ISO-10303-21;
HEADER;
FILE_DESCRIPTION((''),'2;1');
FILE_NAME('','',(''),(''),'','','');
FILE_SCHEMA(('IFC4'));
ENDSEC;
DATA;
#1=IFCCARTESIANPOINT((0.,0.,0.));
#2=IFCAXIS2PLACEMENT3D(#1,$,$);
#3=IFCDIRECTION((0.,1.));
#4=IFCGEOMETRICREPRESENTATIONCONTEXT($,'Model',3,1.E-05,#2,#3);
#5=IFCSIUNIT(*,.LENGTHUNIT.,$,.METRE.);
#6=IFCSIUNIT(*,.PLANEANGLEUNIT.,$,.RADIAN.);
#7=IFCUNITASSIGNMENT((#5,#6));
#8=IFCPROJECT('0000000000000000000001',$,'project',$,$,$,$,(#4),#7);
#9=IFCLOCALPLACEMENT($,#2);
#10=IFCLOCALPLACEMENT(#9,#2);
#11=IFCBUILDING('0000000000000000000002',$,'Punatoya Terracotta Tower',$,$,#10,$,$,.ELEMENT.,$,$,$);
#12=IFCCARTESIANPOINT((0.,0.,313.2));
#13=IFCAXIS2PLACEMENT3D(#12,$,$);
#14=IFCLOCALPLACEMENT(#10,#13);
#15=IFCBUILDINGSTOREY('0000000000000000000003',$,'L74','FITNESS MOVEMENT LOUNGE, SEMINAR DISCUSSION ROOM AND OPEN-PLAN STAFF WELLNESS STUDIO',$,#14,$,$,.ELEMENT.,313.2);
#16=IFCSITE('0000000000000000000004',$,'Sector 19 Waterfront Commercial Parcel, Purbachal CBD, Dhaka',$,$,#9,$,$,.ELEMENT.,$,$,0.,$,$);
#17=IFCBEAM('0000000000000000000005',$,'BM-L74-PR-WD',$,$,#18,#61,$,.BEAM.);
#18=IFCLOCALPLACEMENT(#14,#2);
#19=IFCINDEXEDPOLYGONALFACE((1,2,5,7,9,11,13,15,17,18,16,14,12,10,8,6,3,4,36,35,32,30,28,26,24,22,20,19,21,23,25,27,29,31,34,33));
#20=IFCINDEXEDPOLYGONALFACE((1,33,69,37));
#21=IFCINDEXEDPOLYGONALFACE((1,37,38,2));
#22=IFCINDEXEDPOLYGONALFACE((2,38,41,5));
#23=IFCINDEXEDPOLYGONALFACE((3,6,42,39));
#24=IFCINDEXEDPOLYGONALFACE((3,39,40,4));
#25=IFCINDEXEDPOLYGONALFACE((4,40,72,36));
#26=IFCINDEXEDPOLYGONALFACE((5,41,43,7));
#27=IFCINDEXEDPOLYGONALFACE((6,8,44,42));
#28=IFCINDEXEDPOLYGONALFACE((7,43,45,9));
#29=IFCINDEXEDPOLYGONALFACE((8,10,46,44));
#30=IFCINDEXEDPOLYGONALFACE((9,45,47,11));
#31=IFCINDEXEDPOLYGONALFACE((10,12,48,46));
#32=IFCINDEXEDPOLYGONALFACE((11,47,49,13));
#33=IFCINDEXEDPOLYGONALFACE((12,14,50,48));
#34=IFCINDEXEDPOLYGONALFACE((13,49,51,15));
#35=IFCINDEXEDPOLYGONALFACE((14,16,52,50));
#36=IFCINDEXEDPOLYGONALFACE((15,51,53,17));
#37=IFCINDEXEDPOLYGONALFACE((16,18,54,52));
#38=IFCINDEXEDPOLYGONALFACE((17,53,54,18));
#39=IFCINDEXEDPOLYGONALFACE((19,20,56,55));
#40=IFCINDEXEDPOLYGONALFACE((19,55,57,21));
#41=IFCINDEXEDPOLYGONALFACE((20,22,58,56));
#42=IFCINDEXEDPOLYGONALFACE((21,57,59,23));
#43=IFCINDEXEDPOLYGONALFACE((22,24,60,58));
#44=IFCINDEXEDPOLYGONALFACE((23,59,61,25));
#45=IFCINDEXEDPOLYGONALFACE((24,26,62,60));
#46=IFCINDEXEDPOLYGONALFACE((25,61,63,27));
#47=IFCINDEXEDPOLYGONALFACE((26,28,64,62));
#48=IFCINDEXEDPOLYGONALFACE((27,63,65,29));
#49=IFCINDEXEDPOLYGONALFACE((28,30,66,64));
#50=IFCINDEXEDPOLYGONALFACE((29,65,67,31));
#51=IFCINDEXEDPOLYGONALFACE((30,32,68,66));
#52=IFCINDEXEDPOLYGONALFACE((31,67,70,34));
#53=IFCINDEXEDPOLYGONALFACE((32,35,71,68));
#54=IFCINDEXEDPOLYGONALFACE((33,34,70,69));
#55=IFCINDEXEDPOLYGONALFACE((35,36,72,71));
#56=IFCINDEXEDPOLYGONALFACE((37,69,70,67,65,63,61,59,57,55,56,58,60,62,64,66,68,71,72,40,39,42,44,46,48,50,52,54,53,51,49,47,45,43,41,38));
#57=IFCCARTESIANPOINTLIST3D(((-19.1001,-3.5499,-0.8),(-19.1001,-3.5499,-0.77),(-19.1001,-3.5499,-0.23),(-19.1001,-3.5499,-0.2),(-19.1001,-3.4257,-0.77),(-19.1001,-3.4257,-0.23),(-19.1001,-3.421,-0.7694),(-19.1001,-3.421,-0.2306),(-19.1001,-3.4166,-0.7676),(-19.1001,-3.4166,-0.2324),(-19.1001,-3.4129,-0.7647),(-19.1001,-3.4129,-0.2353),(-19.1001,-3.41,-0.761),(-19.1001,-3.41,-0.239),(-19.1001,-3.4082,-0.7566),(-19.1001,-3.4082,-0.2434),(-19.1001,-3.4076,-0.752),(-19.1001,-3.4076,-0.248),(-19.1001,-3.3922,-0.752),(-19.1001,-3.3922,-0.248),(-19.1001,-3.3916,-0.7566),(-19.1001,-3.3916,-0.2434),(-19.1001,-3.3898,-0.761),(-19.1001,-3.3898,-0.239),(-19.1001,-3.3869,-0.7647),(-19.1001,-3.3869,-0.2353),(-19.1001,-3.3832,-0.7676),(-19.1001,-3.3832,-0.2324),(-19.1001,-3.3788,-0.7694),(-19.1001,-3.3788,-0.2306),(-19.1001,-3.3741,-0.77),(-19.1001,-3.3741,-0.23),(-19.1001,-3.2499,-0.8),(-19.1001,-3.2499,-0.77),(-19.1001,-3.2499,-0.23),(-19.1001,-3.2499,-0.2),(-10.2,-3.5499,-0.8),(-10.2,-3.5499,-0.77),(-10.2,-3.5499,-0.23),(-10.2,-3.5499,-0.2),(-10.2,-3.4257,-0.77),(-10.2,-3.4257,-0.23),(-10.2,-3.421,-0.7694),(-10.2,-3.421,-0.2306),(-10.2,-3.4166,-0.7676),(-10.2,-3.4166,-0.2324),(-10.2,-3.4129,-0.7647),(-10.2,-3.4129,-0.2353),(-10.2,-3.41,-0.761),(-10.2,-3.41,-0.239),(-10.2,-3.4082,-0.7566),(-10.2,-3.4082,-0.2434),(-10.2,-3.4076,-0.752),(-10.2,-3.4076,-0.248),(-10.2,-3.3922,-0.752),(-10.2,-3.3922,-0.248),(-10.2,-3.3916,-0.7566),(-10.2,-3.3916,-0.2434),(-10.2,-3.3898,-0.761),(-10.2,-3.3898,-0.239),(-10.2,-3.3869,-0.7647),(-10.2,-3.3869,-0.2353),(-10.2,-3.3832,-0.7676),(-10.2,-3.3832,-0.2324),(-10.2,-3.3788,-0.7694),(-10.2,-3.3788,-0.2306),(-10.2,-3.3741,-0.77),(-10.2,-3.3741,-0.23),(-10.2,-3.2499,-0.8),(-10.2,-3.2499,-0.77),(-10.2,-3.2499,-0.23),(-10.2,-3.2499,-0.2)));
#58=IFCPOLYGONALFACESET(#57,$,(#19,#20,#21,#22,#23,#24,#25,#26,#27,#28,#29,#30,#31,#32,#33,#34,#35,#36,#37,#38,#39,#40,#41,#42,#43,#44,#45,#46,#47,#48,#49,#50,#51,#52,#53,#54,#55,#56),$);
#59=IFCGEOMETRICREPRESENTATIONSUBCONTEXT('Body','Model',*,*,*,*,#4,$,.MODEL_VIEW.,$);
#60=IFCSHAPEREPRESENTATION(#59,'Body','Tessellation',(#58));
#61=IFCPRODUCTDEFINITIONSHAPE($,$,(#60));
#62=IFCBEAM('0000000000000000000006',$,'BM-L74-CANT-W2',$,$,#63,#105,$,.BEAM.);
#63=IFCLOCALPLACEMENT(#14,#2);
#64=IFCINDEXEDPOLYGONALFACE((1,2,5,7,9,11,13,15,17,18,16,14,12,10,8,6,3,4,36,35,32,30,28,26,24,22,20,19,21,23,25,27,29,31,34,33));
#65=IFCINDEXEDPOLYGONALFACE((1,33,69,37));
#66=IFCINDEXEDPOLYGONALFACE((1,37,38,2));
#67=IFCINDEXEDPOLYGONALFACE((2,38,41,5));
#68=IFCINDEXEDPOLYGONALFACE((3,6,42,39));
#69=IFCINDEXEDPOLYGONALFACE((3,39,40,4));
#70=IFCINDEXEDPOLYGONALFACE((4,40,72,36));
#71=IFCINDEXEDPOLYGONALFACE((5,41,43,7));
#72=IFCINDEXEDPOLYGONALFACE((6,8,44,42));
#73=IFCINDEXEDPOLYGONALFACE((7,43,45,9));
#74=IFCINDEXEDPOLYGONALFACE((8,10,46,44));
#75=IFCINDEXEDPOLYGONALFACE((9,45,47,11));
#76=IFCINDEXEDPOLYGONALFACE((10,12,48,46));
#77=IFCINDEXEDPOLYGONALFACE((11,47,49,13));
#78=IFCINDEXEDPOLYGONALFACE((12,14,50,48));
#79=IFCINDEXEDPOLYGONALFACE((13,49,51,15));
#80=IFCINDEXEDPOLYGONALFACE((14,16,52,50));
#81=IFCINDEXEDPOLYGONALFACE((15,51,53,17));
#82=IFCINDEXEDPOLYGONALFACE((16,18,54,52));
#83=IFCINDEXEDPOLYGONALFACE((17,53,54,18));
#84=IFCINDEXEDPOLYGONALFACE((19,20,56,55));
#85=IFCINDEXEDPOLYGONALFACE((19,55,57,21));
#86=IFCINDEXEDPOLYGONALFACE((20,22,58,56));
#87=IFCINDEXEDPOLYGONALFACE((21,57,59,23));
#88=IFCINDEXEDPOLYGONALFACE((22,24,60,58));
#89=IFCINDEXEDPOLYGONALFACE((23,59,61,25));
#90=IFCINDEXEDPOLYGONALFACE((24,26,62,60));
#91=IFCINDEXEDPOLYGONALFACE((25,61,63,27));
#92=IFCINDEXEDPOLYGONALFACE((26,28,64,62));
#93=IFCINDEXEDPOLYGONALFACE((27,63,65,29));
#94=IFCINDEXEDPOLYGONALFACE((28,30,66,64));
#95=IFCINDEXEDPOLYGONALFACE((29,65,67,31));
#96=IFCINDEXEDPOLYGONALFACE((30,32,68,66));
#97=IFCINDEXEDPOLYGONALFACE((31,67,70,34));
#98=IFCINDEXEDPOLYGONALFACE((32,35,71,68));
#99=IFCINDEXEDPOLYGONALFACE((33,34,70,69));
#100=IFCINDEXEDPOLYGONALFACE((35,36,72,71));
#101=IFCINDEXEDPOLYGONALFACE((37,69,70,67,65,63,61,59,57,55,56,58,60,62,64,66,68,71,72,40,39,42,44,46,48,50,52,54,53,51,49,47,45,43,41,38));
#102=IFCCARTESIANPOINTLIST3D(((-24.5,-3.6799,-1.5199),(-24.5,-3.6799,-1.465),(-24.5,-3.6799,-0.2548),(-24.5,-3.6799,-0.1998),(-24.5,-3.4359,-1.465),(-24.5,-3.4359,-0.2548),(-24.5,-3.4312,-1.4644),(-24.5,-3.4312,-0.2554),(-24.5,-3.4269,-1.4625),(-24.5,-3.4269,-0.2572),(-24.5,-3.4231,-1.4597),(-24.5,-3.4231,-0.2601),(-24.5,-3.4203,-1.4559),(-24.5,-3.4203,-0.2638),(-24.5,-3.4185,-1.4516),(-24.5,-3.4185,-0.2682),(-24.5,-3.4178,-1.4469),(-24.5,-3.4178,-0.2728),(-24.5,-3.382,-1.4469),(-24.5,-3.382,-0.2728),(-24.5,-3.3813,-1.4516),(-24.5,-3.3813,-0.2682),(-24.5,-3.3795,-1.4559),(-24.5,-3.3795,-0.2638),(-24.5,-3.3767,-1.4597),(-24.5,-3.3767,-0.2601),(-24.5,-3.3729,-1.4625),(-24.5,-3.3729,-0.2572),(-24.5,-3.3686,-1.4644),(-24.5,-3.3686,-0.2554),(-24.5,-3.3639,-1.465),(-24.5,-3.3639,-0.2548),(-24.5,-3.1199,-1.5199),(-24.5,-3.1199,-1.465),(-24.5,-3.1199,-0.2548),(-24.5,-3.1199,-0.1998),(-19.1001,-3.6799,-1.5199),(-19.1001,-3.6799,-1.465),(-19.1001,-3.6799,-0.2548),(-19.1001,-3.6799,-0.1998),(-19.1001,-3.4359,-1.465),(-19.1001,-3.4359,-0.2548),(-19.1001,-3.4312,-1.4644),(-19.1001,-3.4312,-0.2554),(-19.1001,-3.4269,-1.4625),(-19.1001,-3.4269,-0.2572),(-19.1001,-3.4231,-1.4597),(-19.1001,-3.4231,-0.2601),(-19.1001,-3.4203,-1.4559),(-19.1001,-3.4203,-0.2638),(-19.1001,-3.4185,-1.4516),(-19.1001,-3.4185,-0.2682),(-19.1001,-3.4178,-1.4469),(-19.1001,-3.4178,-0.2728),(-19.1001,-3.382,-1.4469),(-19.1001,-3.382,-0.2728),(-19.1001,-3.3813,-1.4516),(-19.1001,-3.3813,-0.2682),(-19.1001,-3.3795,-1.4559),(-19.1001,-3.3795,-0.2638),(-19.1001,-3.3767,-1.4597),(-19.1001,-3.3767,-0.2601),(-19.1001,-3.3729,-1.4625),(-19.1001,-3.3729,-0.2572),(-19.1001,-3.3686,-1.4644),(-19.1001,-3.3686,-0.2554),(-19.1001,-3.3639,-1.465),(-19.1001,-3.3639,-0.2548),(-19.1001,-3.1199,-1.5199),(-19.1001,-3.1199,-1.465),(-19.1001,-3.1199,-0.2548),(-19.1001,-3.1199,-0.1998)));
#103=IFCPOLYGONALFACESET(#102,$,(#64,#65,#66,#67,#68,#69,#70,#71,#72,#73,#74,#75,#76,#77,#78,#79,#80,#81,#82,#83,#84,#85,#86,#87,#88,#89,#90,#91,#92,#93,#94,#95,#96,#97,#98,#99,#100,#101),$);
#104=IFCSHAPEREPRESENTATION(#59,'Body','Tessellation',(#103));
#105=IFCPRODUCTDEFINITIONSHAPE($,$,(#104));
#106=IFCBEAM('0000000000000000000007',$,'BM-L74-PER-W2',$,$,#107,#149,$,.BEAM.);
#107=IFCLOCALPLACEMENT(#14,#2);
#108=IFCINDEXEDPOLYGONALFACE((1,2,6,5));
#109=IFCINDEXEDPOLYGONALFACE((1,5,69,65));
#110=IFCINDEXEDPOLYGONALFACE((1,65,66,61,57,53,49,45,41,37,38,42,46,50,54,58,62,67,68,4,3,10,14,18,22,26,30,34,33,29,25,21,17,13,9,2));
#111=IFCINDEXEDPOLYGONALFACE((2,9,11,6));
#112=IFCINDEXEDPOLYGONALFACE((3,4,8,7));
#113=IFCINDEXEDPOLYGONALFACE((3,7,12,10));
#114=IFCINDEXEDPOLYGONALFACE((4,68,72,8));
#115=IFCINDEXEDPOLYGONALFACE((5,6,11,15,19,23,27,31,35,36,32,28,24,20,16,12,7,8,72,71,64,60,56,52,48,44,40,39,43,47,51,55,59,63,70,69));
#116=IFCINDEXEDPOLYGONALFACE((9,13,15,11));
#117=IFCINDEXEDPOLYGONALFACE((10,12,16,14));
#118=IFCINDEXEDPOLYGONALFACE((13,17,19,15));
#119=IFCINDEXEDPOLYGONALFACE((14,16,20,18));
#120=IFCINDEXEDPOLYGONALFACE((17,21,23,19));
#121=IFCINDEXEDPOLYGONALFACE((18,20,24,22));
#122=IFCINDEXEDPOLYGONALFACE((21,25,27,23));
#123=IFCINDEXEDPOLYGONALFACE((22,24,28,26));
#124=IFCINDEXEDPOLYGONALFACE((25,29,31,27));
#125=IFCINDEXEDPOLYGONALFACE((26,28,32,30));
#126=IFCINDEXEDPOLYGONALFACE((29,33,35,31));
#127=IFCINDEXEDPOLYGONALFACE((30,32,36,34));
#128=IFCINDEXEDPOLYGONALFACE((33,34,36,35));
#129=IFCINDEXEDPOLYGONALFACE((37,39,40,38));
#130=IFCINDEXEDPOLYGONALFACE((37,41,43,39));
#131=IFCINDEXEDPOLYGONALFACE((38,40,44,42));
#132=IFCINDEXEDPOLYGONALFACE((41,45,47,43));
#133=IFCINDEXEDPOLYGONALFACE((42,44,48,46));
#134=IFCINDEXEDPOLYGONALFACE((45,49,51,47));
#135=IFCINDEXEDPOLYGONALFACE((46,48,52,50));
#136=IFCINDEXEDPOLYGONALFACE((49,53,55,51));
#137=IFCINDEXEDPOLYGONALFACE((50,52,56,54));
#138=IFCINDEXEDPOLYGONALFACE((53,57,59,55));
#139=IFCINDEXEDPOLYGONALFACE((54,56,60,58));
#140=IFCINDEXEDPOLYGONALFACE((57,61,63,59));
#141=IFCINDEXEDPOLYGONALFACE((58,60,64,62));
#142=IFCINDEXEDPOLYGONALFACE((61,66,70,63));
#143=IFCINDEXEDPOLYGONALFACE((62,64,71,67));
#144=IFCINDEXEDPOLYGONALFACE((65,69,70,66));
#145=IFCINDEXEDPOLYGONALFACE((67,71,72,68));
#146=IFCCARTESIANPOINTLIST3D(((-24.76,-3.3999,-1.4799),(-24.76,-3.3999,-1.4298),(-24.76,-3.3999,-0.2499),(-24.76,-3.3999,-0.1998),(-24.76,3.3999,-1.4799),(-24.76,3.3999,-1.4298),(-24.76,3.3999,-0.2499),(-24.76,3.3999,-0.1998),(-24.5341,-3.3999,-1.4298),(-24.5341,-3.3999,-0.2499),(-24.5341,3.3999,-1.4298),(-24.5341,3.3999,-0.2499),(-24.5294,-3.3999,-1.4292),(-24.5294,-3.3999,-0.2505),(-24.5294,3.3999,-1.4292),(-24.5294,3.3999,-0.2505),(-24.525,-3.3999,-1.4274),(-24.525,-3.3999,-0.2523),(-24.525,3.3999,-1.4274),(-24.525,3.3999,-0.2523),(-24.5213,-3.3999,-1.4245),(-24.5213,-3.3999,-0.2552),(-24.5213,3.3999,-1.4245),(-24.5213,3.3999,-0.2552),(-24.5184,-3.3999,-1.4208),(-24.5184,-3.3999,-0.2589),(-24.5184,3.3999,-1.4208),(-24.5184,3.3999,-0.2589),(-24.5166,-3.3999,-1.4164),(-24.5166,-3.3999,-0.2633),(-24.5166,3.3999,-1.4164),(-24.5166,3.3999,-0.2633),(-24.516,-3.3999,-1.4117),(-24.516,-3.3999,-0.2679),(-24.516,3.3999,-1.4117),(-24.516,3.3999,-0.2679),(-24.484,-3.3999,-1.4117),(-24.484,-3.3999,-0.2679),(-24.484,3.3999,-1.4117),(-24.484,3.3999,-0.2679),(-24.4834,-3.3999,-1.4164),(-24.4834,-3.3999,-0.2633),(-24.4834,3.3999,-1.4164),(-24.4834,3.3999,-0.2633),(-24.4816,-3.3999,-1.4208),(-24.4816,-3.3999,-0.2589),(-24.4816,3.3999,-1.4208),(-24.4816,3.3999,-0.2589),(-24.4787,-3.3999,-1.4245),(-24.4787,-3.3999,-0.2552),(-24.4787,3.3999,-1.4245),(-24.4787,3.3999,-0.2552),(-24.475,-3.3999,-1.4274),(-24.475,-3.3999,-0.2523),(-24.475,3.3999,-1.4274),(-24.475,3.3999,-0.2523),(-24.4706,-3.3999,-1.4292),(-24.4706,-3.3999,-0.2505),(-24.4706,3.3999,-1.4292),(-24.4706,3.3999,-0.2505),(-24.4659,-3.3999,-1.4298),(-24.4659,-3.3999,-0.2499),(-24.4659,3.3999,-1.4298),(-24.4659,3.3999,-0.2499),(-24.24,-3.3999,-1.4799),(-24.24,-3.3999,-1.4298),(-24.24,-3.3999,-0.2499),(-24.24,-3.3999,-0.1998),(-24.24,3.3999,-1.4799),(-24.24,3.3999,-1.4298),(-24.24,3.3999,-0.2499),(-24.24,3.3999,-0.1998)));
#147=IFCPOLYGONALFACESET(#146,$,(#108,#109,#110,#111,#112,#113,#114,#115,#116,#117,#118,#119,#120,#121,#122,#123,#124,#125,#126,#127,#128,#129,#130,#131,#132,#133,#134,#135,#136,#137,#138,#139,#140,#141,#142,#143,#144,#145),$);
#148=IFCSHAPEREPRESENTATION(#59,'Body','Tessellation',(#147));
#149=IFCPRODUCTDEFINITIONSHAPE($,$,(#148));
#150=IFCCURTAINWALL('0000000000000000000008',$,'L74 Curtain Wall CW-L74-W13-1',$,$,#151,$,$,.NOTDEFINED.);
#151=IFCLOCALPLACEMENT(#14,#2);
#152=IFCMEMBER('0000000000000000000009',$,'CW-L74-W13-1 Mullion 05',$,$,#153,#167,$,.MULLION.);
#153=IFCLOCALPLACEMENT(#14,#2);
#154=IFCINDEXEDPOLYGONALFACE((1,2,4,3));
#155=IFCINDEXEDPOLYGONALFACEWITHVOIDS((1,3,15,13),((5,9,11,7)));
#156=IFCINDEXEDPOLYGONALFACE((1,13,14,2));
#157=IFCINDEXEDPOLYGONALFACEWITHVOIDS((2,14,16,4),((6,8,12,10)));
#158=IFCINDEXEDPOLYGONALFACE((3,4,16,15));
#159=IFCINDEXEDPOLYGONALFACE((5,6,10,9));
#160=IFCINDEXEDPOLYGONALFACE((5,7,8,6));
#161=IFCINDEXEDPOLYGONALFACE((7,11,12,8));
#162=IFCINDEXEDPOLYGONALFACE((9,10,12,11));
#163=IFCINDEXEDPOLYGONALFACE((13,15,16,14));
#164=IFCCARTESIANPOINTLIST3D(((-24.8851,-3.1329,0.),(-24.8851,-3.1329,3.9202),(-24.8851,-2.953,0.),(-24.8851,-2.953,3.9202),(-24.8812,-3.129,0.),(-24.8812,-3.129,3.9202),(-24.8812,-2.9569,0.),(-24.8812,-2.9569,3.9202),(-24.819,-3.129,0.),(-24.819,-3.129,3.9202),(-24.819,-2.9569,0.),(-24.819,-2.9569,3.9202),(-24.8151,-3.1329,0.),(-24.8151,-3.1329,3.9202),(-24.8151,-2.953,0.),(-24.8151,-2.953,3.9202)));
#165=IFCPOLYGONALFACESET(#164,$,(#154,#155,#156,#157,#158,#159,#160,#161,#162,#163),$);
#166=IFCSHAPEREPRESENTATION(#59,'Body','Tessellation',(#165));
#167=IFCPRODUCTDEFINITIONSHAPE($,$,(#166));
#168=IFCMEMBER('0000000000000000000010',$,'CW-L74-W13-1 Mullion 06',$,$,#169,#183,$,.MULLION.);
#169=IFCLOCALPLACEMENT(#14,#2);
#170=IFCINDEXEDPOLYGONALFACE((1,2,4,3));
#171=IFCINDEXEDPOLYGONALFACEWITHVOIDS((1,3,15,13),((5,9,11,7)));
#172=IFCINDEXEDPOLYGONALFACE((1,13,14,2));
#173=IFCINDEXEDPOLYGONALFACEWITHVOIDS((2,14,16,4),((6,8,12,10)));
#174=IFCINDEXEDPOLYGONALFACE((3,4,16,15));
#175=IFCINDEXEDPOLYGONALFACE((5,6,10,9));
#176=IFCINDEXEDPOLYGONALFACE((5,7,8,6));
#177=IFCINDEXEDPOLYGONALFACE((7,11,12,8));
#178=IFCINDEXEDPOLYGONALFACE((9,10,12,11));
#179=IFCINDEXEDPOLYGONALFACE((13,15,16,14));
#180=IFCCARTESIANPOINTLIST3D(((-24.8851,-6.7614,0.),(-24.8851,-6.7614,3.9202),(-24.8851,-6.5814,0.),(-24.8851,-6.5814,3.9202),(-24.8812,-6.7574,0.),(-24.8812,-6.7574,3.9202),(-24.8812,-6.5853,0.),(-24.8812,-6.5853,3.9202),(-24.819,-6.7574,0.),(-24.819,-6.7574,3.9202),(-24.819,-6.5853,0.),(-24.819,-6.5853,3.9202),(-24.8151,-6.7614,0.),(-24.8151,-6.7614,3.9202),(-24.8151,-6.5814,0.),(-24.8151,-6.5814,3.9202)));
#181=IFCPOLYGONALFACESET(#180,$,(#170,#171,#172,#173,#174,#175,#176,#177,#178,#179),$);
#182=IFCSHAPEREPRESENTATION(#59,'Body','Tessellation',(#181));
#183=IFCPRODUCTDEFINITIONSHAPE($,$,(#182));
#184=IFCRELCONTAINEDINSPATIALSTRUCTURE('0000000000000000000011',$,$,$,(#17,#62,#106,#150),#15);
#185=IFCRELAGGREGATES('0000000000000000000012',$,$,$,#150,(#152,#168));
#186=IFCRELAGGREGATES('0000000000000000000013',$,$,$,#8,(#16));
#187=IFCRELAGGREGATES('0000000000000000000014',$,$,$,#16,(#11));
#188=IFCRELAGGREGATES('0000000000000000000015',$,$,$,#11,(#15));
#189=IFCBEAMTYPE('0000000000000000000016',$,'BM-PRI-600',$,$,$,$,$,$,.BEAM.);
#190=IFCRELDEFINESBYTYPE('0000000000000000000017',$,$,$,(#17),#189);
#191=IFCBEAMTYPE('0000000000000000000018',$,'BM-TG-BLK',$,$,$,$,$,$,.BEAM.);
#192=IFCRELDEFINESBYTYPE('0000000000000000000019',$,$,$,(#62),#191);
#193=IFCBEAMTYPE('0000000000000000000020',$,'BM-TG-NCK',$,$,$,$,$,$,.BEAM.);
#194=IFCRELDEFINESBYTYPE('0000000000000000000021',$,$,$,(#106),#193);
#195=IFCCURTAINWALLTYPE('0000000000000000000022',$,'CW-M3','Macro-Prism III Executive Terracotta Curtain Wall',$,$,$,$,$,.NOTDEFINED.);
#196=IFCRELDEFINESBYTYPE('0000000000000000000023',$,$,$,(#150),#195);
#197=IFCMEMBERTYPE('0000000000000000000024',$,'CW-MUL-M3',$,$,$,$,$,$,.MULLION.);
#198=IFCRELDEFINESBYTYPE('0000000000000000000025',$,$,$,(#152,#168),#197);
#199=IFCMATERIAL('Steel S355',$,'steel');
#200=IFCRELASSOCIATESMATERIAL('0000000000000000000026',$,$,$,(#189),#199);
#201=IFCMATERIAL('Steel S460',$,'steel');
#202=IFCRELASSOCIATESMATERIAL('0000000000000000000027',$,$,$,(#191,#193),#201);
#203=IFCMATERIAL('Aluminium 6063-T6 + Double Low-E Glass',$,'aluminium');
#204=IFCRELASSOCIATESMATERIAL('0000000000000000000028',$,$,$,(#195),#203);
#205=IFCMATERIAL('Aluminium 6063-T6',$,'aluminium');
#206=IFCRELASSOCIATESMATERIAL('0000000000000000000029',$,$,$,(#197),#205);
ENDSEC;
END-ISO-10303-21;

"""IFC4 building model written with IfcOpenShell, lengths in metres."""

from ifc_helpers import new_model, si_unit, direction, frame, origin, origin_2d, place, context, subcontext, project, spatial, hollow_rectangle, i_section, extrude, material, material_profile, profile_set, type_object, element, aggregate, save


model = new_model("IFC4")

# Units and contexts
model_context = context("Model", 3, precision=1e-05, world=origin(), true_north=direction((0.0, 1.0)))
body_context = subcontext(model_context, "Body", "Model", "MODEL_VIEW")
ifc_project = project(units=[si_unit("LENGTHUNIT", "METRE"), si_unit("PLANEANGLEUNIT", "RADIAN")], contexts=[model_context])

# Site, building, storey
site_placement = place(None, origin())
site = spatial("IfcSite", under=ifc_project, at=site_placement, Name="Sector 19 Waterfront Commercial Parcel, Purbachal CBD, Dhaka", CompositionType="ELEMENT", RefElevation=0.0)
building_placement = place(site_placement, origin())
building = spatial("IfcBuilding", under=site, at=building_placement, Name="Punatoya Terracotta Tower", CompositionType="ELEMENT")
storey_placement = place(building_placement, frame((0.0, 0.0, 313.2)))
storey = spatial("IfcBuildingStorey", under=building, at=storey_placement, Name="L74", Description="FITNESS MOVEMENT LOUNGE, SEMINAR DISCUSSION ROOM AND OPEN-PLAN STAFF WELLNESS STUDIO", CompositionType="ELEMENT", Elevation=313.2)

# Shared definitions
ifc_material_1 = material(Name="Steel S460", Category="steel")

# Beams
ifc_material_2 = material(Name="Steel S355", Category="steel")
ifc_material_profile_1 = material_profile(ifc_material_2, i_section(OverallWidth=0.3, OverallDepth=0.6001, WebThickness=0.0154, FlangeThickness=0.03, FilletRadius=0.0181, at=origin_2d()))
ifc_profile_set_1 = profile_set([ifc_material_profile_1], Name="Steel S355")
beam_type_1 = type_object("IfcBeamType", Name="BM-PRI-600", PredefinedType="BEAM", material=ifc_profile_set_1)
for number, where, z_axis, x_axis, name in (
    (1, (-19.1001, -3.3999, -0.5), (1.0, 0.0, 0.0), (0.0, 1.0, 0.0), "BM-L74-PR-WD"),
):
    element("IfcBeam", number, at=place(storey_placement, frame(where, z_axis=z_axis, x_axis=x_axis)), inside=storey, type_object=beam_type_1, Name=name, PredefinedType="BEAM", context=body_context, shape_type="SweptSolid", body=[
        extrude(i_section(OverallWidth=0.3, OverallDepth=0.6001, WebThickness=0.0154, FlangeThickness=0.03, FilletRadius=0.0181, at=origin_2d()), origin(), (0.0, 0.0, 1.0), 8.9001),
    ])
ifc_material_profile_2 = material_profile(ifc_material_1, i_section(OverallWidth=0.5601, OverallDepth=1.3201, WebThickness=0.0359, FlangeThickness=0.0549, FilletRadius=0.0181, at=origin_2d()))
ifc_profile_set_2 = profile_set([ifc_material_profile_2], Name="Steel S460")
beam_type_2 = type_object("IfcBeamType", Name="BM-TG-BLK", PredefinedType="BEAM", material=ifc_profile_set_2)
beam_1_placement = place(storey_placement, frame((-24.5, -3.3999, -0.8599), z_axis=(1.0, 0.0, 0.0), x_axis=(0.0, 1.0, 0.0)))
element("IfcBeam", 2, at=beam_1_placement, inside=storey, type_object=beam_type_2, Name="BM-L74-CANT-W2", PredefinedType="BEAM", context=body_context, shape_type="SweptSolid", body=[
    extrude(i_section(OverallWidth=0.5601, OverallDepth=1.3201, WebThickness=0.0359, FlangeThickness=0.0549, FilletRadius=0.0181, at=origin_2d()), origin(), (0.0, 0.0, 1.0), 5.3999),
])
ifc_material_profile_3 = material_profile(ifc_material_1, i_section(OverallWidth=0.52, OverallDepth=1.28, WebThickness=0.032, FlangeThickness=0.05, FilletRadius=0.0181, at=origin_2d()))
ifc_profile_set_3 = profile_set([ifc_material_profile_3], Name="Steel S460")
beam_type_3 = type_object("IfcBeamType", Name="BM-TG-NCK", PredefinedType="BEAM", material=ifc_profile_set_3)
beam_2_placement = place(storey_placement, frame((-24.5, -3.3999, -0.8398), z_axis=(0.0, 1.0, 0.0), x_axis=(-1.0, 0.0, 0.0)))
element("IfcBeam", 3, at=beam_2_placement, inside=storey, type_object=beam_type_3, Name="BM-L74-PER-W2", PredefinedType="BEAM", context=body_context, shape_type="SweptSolid", body=[
    extrude(i_section(OverallWidth=0.52, OverallDepth=1.28, WebThickness=0.032, FlangeThickness=0.05, FilletRadius=0.0181, at=origin_2d()), origin(), (0.0, 0.0, 1.0), 6.7998),
])

# Curtain wall, members
ifc_material_3 = material(Name="Aluminium 6063-T6 + Double Low-E Glass", Category="aluminium")
curtain_wall_type = type_object("IfcCurtainWallType", Name="CW-M3", Description="Macro-Prism III Executive Terracotta Curtain Wall", PredefinedType="NOTDEFINED", material=ifc_material_3)
curtain_wall_placement = place(storey_placement, origin())
curtain_wall = element("IfcCurtainWall", 4, at=curtain_wall_placement, inside=storey, type_object=curtain_wall_type, Name="L74 Curtain Wall CW-L74-W13-1", PredefinedType="NOTDEFINED")
ifc_material_4 = material(Name="Aluminium 6063-T6", Category="aluminium")
ifc_material_profile_4 = material_profile(ifc_material_4, hollow_rectangle(XDim=0.0701, YDim=0.1799, WallThickness=0.0039, at=origin_2d()))
ifc_profile_set_4 = profile_set([ifc_material_profile_4], Name="Aluminium 6063-T6")
member_type = type_object("IfcMemberType", Name="CW-MUL-M3", PredefinedType="MULLION", material=ifc_profile_set_4)
member_1_placement = place(storey_placement, frame((-24.8501, -3.043, 0.0), z_axis=(0.0, 0.0, 1.0), x_axis=(1.0, 0.0, 0.0)))
member_1 = element("IfcMember", 5, at=member_1_placement, type_object=member_type, Name="CW-L74-W13-1 Mullion 05", PredefinedType="MULLION", context=body_context, shape_type="SweptSolid", body=[
    extrude(hollow_rectangle(XDim=0.0701, YDim=0.1799, WallThickness=0.0039, at=origin_2d()), origin(), (0.0, 0.0, 1.0), 3.9202),
])
member_2_placement = place(storey_placement, frame((-24.8501, -6.6714, 0.0), z_axis=(0.0, 0.0, 1.0), x_axis=(1.0, 0.0, 0.0)))
member_2 = element("IfcMember", 6, at=member_2_placement, type_object=member_type, Name="CW-L74-W13-1 Mullion 06", PredefinedType="MULLION", context=body_context, shape_type="SweptSolid", body=[
    extrude(hollow_rectangle(XDim=0.0701, YDim=0.1799, WallThickness=0.0039, at=origin_2d()), origin(), (0.0, 0.0, 1.0), 3.9202),
])
aggregate(curtain_wall, [member_1, member_2])

save(model, "model.ifc")
